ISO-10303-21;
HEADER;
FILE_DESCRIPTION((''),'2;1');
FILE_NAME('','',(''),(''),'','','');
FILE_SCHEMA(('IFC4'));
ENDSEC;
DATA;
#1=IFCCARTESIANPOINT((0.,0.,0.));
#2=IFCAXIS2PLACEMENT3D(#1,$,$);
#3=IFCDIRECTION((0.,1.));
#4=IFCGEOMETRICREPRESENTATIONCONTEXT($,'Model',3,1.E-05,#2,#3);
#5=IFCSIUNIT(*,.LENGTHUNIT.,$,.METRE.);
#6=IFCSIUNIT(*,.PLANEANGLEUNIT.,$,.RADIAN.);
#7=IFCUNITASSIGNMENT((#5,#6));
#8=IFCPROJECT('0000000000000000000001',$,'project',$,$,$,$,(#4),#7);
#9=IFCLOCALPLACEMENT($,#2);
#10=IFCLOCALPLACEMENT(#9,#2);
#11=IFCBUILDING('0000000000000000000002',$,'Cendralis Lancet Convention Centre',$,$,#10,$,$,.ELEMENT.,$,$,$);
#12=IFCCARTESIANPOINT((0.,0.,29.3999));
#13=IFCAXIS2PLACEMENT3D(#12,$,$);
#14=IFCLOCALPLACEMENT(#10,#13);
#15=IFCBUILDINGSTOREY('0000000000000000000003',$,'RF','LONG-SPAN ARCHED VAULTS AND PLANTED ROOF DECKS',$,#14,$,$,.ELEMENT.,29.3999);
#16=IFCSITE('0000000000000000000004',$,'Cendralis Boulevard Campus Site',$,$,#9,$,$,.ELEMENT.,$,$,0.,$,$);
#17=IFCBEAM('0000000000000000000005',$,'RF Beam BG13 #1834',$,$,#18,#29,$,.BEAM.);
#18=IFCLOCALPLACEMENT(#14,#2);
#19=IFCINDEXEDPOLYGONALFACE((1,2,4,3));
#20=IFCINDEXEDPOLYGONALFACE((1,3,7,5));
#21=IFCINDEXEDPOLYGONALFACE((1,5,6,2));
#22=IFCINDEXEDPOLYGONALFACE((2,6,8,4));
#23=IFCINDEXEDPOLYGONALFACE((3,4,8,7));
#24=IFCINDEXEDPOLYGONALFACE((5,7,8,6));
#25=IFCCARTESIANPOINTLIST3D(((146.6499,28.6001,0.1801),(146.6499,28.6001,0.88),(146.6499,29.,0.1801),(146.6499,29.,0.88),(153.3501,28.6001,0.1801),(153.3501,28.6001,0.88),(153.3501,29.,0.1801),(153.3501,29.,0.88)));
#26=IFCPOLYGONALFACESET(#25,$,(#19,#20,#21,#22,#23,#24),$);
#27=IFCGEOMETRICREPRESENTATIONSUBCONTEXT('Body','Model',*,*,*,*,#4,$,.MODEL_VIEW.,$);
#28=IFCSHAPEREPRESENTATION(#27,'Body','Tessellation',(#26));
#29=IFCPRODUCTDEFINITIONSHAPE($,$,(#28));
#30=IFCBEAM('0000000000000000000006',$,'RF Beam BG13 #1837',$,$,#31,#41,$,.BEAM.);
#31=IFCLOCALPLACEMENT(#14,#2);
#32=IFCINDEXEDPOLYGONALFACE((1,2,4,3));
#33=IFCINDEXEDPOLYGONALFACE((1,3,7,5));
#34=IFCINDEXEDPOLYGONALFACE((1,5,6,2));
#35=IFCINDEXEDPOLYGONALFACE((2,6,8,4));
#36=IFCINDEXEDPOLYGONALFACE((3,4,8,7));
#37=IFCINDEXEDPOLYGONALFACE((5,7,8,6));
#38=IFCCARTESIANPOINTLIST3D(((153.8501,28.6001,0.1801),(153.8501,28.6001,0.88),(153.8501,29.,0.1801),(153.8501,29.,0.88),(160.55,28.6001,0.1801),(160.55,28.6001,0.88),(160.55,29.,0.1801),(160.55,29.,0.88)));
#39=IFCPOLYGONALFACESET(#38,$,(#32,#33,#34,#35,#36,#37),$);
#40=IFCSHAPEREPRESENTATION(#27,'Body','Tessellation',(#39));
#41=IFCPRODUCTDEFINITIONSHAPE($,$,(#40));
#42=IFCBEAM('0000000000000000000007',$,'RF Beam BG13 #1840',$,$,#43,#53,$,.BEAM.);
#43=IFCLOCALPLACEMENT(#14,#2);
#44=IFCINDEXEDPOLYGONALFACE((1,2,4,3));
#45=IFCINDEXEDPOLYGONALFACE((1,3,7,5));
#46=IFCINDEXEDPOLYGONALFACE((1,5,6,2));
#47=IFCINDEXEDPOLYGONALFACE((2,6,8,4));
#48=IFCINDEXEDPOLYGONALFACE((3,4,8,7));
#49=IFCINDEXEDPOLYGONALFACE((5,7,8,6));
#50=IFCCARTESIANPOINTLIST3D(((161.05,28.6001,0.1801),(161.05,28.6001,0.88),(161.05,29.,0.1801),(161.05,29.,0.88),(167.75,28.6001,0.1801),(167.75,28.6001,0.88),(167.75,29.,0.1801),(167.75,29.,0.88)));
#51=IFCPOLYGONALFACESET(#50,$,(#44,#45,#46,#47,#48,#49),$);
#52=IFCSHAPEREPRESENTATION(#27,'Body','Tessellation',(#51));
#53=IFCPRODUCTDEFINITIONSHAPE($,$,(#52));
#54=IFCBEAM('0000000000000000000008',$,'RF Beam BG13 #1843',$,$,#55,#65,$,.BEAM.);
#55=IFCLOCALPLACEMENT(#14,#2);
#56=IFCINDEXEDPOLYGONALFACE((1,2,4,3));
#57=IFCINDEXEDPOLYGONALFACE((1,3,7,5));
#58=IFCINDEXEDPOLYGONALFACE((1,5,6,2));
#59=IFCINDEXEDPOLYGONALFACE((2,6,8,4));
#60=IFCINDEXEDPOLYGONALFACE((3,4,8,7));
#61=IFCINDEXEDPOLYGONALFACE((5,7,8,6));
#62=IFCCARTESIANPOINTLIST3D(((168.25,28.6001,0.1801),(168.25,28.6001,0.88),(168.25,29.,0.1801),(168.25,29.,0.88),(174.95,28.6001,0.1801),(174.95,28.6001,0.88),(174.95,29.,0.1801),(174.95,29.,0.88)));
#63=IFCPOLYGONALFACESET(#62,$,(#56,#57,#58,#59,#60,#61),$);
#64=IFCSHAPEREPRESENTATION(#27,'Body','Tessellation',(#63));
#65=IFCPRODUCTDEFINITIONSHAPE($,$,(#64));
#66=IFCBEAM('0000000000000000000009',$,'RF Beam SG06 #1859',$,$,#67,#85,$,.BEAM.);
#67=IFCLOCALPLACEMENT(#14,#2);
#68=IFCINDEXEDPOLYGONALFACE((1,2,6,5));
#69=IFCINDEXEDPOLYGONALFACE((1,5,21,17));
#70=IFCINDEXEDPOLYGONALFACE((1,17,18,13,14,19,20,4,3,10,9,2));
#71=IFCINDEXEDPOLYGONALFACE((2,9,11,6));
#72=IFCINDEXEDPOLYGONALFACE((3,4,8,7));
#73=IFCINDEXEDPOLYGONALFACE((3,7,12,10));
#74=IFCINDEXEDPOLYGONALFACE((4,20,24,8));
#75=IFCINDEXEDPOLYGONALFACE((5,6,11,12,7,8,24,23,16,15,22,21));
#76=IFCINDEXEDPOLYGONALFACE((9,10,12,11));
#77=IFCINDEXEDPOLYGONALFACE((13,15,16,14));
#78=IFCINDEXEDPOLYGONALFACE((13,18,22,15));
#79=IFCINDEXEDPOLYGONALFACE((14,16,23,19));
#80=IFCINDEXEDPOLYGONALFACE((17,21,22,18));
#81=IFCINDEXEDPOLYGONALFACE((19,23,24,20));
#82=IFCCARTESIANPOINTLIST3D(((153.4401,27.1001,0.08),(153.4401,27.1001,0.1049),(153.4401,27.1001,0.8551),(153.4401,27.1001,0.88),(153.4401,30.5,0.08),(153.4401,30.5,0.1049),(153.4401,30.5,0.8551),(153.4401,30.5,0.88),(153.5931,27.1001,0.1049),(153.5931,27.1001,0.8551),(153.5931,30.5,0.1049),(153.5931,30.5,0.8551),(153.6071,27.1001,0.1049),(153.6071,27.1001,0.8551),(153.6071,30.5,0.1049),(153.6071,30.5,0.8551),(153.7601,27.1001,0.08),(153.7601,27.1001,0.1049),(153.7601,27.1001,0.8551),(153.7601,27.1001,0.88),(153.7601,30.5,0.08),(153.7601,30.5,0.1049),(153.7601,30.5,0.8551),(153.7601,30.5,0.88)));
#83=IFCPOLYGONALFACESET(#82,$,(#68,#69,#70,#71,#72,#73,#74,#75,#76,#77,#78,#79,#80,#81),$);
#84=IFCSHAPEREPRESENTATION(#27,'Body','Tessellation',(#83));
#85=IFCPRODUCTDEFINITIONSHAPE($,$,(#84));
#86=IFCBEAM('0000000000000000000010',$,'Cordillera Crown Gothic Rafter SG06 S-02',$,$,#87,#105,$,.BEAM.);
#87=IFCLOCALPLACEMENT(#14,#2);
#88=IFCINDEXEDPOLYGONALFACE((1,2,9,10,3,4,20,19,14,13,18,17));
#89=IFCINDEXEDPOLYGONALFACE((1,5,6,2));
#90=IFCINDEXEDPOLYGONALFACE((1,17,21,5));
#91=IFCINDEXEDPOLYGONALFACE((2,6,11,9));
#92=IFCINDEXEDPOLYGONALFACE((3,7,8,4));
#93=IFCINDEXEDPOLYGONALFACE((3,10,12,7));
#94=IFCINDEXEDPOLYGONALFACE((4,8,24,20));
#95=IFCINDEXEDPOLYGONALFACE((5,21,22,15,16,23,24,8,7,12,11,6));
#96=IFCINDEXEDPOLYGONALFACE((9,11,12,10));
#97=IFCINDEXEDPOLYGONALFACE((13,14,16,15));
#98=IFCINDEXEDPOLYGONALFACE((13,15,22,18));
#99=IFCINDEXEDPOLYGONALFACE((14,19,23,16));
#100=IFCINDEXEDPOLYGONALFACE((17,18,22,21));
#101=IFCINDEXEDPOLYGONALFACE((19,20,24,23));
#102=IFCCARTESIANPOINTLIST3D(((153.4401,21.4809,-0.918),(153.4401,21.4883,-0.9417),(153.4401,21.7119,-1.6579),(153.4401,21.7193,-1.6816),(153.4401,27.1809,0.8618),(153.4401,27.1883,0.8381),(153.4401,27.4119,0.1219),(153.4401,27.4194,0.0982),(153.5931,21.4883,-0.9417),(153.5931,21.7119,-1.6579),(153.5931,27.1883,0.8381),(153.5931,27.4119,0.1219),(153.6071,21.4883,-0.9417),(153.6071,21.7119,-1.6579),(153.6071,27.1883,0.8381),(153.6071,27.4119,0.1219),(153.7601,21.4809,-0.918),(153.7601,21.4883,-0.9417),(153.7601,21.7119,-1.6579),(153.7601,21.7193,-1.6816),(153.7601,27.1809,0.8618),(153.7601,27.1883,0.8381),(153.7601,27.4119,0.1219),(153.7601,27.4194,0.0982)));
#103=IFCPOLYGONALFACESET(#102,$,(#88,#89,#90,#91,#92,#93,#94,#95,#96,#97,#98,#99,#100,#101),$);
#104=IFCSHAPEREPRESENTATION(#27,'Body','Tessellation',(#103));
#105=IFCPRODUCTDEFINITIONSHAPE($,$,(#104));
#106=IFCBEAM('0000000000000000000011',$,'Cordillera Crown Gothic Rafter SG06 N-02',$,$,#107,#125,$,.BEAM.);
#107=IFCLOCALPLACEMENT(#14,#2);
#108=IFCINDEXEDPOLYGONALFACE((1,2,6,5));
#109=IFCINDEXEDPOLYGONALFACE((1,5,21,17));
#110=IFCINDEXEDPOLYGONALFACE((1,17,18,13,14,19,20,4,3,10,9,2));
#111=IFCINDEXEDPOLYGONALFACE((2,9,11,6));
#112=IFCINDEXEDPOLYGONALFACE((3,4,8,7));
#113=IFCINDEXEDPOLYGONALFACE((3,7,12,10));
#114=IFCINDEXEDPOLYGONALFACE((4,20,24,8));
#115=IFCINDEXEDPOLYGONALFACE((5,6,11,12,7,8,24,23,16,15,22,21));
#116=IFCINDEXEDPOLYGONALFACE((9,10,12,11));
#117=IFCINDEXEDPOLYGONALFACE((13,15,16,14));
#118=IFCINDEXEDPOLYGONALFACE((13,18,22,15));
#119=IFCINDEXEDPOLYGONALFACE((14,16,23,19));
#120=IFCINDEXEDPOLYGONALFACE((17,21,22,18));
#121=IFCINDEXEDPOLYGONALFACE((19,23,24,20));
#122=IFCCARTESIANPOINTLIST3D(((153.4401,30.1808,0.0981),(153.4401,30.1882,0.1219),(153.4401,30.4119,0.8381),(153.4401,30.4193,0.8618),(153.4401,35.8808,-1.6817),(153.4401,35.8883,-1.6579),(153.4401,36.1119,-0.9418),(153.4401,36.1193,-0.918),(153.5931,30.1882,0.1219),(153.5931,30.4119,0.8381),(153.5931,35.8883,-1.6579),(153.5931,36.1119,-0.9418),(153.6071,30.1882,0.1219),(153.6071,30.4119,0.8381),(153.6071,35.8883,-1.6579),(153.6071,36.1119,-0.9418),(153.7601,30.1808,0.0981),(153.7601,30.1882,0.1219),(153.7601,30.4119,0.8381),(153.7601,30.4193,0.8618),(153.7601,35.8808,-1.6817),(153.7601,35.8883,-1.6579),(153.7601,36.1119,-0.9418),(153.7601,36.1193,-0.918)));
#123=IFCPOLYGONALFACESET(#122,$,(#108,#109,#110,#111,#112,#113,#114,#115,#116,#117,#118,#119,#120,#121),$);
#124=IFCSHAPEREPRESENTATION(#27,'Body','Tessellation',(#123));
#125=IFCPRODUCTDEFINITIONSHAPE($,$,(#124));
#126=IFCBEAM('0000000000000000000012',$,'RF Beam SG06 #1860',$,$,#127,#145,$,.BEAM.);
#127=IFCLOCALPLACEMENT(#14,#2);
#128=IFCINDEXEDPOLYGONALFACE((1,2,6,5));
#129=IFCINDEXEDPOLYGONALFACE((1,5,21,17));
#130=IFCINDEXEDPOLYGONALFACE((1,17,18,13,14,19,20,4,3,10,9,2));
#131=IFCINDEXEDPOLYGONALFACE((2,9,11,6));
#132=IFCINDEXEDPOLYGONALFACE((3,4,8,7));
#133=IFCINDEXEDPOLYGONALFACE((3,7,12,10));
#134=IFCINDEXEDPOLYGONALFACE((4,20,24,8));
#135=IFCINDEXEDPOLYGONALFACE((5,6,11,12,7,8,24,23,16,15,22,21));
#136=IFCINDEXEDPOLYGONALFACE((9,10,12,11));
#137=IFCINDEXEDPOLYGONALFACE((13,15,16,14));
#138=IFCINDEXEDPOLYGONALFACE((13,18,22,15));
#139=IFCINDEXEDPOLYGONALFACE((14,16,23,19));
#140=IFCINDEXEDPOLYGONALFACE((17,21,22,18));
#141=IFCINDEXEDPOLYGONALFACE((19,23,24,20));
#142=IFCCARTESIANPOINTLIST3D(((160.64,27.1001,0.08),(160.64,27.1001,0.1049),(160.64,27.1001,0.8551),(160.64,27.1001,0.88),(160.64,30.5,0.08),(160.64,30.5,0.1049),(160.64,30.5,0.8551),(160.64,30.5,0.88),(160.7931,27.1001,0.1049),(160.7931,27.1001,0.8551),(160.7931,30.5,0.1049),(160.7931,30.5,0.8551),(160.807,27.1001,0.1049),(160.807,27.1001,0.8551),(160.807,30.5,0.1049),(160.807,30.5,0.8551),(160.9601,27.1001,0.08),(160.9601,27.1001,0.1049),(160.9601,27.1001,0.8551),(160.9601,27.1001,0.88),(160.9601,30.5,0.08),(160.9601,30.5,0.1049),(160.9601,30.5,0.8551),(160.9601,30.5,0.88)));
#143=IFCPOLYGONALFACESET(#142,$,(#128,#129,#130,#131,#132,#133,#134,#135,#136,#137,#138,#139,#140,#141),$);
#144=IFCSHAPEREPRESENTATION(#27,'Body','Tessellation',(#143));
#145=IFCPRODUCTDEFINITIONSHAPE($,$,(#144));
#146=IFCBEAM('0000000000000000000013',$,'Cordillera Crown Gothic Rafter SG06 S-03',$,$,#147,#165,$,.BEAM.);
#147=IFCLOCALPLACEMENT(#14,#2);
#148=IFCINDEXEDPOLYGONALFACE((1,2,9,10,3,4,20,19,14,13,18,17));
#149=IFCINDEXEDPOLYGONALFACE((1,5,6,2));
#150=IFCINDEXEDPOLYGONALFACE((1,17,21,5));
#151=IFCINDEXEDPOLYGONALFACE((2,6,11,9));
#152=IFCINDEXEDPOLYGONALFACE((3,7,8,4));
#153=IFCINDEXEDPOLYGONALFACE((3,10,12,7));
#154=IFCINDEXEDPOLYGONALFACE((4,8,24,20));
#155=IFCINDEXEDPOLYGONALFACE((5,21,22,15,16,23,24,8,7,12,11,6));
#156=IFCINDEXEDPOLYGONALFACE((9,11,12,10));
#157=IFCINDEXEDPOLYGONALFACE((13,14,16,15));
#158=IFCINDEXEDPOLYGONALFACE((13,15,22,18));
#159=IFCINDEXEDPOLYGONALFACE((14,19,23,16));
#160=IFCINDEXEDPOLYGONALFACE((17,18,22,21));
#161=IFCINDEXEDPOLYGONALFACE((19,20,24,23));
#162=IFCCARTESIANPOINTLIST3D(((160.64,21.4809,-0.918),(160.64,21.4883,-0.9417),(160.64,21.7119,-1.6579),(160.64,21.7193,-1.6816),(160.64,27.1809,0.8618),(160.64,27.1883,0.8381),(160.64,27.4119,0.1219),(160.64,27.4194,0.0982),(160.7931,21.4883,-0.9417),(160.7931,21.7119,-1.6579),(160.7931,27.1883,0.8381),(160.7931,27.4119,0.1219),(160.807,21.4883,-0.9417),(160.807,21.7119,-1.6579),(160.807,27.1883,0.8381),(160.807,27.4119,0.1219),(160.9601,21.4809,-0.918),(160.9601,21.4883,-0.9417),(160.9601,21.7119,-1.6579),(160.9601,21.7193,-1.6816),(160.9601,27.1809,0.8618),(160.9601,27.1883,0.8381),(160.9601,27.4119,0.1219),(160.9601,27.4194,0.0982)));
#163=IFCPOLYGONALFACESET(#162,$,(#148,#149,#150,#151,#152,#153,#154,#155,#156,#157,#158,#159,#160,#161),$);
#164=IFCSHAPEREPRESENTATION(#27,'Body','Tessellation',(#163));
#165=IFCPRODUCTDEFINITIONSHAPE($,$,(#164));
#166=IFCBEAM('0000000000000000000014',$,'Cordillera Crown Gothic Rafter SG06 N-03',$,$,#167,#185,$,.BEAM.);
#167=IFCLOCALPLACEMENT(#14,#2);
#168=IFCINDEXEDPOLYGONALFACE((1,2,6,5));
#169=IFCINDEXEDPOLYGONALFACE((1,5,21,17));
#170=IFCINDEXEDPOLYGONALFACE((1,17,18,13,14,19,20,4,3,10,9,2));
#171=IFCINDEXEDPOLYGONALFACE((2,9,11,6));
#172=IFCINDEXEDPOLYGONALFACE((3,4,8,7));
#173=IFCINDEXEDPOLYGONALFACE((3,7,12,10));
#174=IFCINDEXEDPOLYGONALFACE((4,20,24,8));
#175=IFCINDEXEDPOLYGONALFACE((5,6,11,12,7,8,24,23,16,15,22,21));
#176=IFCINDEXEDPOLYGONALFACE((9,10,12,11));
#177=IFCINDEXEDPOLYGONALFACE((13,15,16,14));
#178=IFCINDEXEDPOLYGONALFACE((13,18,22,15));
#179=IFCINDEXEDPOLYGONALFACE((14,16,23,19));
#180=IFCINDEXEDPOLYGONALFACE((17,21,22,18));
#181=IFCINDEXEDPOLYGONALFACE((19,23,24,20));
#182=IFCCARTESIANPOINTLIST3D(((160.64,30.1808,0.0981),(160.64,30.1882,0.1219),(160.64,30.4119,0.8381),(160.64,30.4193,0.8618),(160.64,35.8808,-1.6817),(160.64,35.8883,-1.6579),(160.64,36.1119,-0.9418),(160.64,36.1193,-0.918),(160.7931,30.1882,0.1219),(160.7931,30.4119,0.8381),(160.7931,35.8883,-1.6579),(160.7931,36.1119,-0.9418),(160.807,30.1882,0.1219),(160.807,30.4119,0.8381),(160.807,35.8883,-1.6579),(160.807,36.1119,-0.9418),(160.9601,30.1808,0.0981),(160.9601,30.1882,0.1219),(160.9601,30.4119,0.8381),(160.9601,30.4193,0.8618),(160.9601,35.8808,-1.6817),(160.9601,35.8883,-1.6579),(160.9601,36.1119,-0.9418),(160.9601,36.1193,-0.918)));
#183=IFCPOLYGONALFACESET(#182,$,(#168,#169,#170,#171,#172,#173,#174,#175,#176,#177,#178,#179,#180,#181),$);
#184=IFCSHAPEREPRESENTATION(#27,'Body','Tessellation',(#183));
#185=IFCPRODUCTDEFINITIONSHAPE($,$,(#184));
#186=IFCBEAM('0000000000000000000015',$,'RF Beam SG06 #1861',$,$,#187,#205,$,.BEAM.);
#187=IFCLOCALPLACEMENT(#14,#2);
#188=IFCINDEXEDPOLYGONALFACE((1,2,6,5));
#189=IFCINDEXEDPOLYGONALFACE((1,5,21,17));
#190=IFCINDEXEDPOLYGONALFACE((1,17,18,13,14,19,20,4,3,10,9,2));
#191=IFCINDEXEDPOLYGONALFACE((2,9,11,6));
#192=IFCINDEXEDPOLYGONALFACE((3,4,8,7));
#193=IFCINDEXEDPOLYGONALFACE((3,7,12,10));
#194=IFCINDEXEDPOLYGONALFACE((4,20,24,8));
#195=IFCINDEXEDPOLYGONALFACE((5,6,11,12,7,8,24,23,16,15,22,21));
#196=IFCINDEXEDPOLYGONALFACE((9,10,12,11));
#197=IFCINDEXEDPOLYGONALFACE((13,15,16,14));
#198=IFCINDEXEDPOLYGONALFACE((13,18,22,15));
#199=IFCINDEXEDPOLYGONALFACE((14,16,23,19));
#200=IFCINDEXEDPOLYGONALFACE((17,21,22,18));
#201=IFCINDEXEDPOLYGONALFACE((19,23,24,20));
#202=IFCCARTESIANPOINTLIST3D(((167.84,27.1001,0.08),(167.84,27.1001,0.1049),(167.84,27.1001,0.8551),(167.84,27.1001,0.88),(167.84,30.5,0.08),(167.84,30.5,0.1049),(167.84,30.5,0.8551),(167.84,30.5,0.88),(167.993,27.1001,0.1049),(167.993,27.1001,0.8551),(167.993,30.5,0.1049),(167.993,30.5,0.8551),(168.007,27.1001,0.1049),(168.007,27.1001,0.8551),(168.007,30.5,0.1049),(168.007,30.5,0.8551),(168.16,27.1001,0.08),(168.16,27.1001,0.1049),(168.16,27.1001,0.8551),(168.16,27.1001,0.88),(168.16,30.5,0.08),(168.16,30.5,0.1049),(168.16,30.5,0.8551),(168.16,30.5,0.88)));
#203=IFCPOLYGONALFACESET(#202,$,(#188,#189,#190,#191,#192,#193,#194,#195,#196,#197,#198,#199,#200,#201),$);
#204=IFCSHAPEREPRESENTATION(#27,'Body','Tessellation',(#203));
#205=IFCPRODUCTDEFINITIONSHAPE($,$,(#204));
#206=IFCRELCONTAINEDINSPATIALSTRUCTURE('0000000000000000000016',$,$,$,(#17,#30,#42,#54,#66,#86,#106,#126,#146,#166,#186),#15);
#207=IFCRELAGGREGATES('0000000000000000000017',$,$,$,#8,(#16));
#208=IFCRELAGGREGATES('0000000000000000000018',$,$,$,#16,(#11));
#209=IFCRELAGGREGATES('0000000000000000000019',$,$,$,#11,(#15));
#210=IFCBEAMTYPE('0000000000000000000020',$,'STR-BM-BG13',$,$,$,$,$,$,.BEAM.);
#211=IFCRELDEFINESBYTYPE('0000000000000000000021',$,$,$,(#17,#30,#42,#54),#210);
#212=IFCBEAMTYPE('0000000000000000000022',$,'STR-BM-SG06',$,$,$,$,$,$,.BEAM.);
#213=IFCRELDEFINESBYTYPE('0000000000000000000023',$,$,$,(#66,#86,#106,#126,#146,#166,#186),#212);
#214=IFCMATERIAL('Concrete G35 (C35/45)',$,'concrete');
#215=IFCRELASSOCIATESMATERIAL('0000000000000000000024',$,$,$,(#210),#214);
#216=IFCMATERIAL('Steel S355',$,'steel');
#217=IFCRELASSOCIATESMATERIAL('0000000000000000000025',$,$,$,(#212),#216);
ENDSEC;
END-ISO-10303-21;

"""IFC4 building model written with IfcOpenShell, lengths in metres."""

from ifc_helpers import new_model, si_unit, direction, frame, origin, origin_2d, place, context, subcontext, project, spatial, rectangle, i_section, extrude, material, material_profile, profile_set, type_object, element, save


model = new_model("IFC4")

# Units and contexts
model_context = context("Model", 3, precision=1e-05, world=origin(), true_north=direction((0.0, 1.0)))
body_context = subcontext(model_context, "Body", "Model", "MODEL_VIEW")
ifc_project = project(units=[si_unit("LENGTHUNIT", "METRE"), si_unit("PLANEANGLEUNIT", "RADIAN")], contexts=[model_context])

# Site, building, storey
site_placement = place(None, origin())
site = spatial("IfcSite", under=ifc_project, at=site_placement, Name="Cendralis Boulevard Campus Site", CompositionType="ELEMENT", RefElevation=0.0)
building_placement = place(site_placement, origin())
building = spatial("IfcBuilding", under=site, at=building_placement, Name="Cendralis Lancet Convention Centre", CompositionType="ELEMENT")
storey_placement = place(building_placement, frame((0.0, 0.0, 29.3999)))
storey = spatial("IfcBuildingStorey", under=building, at=storey_placement, Name="RF", Description="LONG-SPAN ARCHED VAULTS AND PLANTED ROOF DECKS", CompositionType="ELEMENT", Elevation=29.3999)

# Beams
ifc_material_1 = material(Name="Concrete G35 (C35/45)", Category="concrete")
ifc_material_profile_1 = material_profile(ifc_material_1, rectangle(XDim=0.3999, YDim=0.7, at=origin_2d()), Name="RCB 400x700")
ifc_profile_set_1 = profile_set([ifc_material_profile_1], Name="Concrete G35 (C35/45)")
beam_type_1 = type_object("IfcBeamType", Name="STR-BM-BG13", PredefinedType="BEAM", material=ifc_profile_set_1)
beam_1_placement = place(storey_placement, frame((146.6499, 28.8, 0.53), z_axis=(1.0, 0.0, 0.0), x_axis=(0.0, 1.0, 0.0)))
element("IfcBeam", 1, at=beam_1_placement, inside=storey, type_object=beam_type_1, Name="RF Beam BG13 #1834", PredefinedType="BEAM", context=body_context, shape_type="SweptSolid", body=[
    extrude(rectangle(XDim=0.3999, YDim=0.7, at=origin_2d()), origin(), (0.0, 0.0, 1.0), 6.7002),
])
for number, where, z_axis, x_axis, name in (
    (2, (153.8501, 28.8, 0.53), (1.0, 0.0, 0.0), (0.0, 1.0, 0.0), "RF Beam BG13 #1837"),
    (3, (161.05, 28.8, 0.53), (1.0, 0.0, 0.0), (0.0, 1.0, 0.0), "RF Beam BG13 #1840"),
    (4, (168.25, 28.8, 0.53), (1.0, 0.0, 0.0), (0.0, 1.0, 0.0), "RF Beam BG13 #1843"),
):
    element("IfcBeam", number, at=place(storey_placement, frame(where, z_axis=z_axis, x_axis=x_axis)), inside=storey, type_object=beam_type_1, Name=name, PredefinedType="BEAM", context=body_context, shape_type="SweptSolid", body=[
        extrude(rectangle(XDim=0.3999, YDim=0.7, at=origin_2d()), origin(), (0.0, 0.0, 1.0), 6.7),
    ])
ifc_material_2 = material(Name="Steel S355", Category="steel")
ifc_material_profile_2 = material_profile(ifc_material_2, i_section(OverallWidth=0.3201, OverallDepth=0.8, WebThickness=0.0139, FlangeThickness=0.0249, at=origin_2d()), Name="PG 800x320")
ifc_profile_set_2 = profile_set([ifc_material_profile_2], Name="Steel S355")
beam_type_2 = type_object("IfcBeamType", Name="STR-BM-SG06", PredefinedType="BEAM", material=ifc_profile_set_2)
beam_2_placement = place(storey_placement, frame((153.6001, 27.1001, 0.48), z_axis=(0.0, 1.0, 0.0), x_axis=(-1.0, 0.0, 0.0)))
element("IfcBeam", 5, at=beam_2_placement, inside=storey, type_object=beam_type_2, Name="RF Beam SG06 #1859", PredefinedType="BEAM", context=body_context, shape_type="SweptSolid", body=[
    extrude(i_section(OverallWidth=0.3201, OverallDepth=0.8, WebThickness=0.0139, FlangeThickness=0.0249, at=origin_2d()), origin(), (0.0, 0.0, 1.0), 3.3999),
])
for number, where, z_axis, x_axis, name in (
    (6, (153.6001, 21.6001, -1.2998), (0.0, 0.954549, 0.298054), (-1.0, 0.0, 0.0), "Cordillera Crown Gothic Rafter SG06 S-02"),
    (7, (153.6001, 30.3, 0.48), (0.0, 0.954549, -0.298054), (-1.0, 0.0, 0.0), "Cordillera Crown Gothic Rafter SG06 N-02"),
):
    element("IfcBeam", number, at=place(storey_placement, frame(where, z_axis=z_axis, x_axis=x_axis)), inside=storey, type_object=beam_type_2, Name=name, PredefinedType="BEAM", context=body_context, shape_type="SweptSolid", body=[
        extrude(i_section(OverallWidth=0.3201, OverallDepth=0.8, WebThickness=0.0139, FlangeThickness=0.0249, at=origin_2d()), origin(), (0.0, 0.0, 1.0), 5.9714),
    ])
beam_3_placement = place(storey_placement, frame((160.8, 27.1001, 0.48), z_axis=(0.0, 1.0, 0.0), x_axis=(-1.0, 0.0, 0.0)))
element("IfcBeam", 8, at=beam_3_placement, inside=storey, type_object=beam_type_2, Name="RF Beam SG06 #1860", PredefinedType="BEAM", context=body_context, shape_type="SweptSolid", body=[
    extrude(i_section(OverallWidth=0.3201, OverallDepth=0.8, WebThickness=0.0139, FlangeThickness=0.0249, at=origin_2d()), origin(), (0.0, 0.0, 1.0), 3.3999),
])
for number, where, z_axis, x_axis, name in (
    (9, (160.8, 21.6001, -1.2998), (0.0, 0.954549, 0.298054), (-1.0, 0.0, 0.0), "Cordillera Crown Gothic Rafter SG06 S-03"),
    (10, (160.8, 30.3, 0.48), (0.0, 0.954549, -0.298054), (-1.0, 0.0, 0.0), "Cordillera Crown Gothic Rafter SG06 N-03"),
):
    element("IfcBeam", number, at=place(storey_placement, frame(where, z_axis=z_axis, x_axis=x_axis)), inside=storey, type_object=beam_type_2, Name=name, PredefinedType="BEAM", context=body_context, shape_type="SweptSolid", body=[
        extrude(i_section(OverallWidth=0.3201, OverallDepth=0.8, WebThickness=0.0139, FlangeThickness=0.0249, at=origin_2d()), origin(), (0.0, 0.0, 1.0), 5.9714),
    ])
beam_4_placement = place(storey_placement, frame((168.0, 27.1001, 0.48), z_axis=(0.0, 1.0, 0.0), x_axis=(-1.0, 0.0, 0.0)))
element("IfcBeam", 11, at=beam_4_placement, inside=storey, type_object=beam_type_2, Name="RF Beam SG06 #1861", PredefinedType="BEAM", context=body_context, shape_type="SweptSolid", body=[
    extrude(i_section(OverallWidth=0.3201, OverallDepth=0.8, WebThickness=0.0139, FlangeThickness=0.0249, at=origin_2d()), origin(), (0.0, 0.0, 1.0), 3.3999),
])

save(model, "model.ifc")
